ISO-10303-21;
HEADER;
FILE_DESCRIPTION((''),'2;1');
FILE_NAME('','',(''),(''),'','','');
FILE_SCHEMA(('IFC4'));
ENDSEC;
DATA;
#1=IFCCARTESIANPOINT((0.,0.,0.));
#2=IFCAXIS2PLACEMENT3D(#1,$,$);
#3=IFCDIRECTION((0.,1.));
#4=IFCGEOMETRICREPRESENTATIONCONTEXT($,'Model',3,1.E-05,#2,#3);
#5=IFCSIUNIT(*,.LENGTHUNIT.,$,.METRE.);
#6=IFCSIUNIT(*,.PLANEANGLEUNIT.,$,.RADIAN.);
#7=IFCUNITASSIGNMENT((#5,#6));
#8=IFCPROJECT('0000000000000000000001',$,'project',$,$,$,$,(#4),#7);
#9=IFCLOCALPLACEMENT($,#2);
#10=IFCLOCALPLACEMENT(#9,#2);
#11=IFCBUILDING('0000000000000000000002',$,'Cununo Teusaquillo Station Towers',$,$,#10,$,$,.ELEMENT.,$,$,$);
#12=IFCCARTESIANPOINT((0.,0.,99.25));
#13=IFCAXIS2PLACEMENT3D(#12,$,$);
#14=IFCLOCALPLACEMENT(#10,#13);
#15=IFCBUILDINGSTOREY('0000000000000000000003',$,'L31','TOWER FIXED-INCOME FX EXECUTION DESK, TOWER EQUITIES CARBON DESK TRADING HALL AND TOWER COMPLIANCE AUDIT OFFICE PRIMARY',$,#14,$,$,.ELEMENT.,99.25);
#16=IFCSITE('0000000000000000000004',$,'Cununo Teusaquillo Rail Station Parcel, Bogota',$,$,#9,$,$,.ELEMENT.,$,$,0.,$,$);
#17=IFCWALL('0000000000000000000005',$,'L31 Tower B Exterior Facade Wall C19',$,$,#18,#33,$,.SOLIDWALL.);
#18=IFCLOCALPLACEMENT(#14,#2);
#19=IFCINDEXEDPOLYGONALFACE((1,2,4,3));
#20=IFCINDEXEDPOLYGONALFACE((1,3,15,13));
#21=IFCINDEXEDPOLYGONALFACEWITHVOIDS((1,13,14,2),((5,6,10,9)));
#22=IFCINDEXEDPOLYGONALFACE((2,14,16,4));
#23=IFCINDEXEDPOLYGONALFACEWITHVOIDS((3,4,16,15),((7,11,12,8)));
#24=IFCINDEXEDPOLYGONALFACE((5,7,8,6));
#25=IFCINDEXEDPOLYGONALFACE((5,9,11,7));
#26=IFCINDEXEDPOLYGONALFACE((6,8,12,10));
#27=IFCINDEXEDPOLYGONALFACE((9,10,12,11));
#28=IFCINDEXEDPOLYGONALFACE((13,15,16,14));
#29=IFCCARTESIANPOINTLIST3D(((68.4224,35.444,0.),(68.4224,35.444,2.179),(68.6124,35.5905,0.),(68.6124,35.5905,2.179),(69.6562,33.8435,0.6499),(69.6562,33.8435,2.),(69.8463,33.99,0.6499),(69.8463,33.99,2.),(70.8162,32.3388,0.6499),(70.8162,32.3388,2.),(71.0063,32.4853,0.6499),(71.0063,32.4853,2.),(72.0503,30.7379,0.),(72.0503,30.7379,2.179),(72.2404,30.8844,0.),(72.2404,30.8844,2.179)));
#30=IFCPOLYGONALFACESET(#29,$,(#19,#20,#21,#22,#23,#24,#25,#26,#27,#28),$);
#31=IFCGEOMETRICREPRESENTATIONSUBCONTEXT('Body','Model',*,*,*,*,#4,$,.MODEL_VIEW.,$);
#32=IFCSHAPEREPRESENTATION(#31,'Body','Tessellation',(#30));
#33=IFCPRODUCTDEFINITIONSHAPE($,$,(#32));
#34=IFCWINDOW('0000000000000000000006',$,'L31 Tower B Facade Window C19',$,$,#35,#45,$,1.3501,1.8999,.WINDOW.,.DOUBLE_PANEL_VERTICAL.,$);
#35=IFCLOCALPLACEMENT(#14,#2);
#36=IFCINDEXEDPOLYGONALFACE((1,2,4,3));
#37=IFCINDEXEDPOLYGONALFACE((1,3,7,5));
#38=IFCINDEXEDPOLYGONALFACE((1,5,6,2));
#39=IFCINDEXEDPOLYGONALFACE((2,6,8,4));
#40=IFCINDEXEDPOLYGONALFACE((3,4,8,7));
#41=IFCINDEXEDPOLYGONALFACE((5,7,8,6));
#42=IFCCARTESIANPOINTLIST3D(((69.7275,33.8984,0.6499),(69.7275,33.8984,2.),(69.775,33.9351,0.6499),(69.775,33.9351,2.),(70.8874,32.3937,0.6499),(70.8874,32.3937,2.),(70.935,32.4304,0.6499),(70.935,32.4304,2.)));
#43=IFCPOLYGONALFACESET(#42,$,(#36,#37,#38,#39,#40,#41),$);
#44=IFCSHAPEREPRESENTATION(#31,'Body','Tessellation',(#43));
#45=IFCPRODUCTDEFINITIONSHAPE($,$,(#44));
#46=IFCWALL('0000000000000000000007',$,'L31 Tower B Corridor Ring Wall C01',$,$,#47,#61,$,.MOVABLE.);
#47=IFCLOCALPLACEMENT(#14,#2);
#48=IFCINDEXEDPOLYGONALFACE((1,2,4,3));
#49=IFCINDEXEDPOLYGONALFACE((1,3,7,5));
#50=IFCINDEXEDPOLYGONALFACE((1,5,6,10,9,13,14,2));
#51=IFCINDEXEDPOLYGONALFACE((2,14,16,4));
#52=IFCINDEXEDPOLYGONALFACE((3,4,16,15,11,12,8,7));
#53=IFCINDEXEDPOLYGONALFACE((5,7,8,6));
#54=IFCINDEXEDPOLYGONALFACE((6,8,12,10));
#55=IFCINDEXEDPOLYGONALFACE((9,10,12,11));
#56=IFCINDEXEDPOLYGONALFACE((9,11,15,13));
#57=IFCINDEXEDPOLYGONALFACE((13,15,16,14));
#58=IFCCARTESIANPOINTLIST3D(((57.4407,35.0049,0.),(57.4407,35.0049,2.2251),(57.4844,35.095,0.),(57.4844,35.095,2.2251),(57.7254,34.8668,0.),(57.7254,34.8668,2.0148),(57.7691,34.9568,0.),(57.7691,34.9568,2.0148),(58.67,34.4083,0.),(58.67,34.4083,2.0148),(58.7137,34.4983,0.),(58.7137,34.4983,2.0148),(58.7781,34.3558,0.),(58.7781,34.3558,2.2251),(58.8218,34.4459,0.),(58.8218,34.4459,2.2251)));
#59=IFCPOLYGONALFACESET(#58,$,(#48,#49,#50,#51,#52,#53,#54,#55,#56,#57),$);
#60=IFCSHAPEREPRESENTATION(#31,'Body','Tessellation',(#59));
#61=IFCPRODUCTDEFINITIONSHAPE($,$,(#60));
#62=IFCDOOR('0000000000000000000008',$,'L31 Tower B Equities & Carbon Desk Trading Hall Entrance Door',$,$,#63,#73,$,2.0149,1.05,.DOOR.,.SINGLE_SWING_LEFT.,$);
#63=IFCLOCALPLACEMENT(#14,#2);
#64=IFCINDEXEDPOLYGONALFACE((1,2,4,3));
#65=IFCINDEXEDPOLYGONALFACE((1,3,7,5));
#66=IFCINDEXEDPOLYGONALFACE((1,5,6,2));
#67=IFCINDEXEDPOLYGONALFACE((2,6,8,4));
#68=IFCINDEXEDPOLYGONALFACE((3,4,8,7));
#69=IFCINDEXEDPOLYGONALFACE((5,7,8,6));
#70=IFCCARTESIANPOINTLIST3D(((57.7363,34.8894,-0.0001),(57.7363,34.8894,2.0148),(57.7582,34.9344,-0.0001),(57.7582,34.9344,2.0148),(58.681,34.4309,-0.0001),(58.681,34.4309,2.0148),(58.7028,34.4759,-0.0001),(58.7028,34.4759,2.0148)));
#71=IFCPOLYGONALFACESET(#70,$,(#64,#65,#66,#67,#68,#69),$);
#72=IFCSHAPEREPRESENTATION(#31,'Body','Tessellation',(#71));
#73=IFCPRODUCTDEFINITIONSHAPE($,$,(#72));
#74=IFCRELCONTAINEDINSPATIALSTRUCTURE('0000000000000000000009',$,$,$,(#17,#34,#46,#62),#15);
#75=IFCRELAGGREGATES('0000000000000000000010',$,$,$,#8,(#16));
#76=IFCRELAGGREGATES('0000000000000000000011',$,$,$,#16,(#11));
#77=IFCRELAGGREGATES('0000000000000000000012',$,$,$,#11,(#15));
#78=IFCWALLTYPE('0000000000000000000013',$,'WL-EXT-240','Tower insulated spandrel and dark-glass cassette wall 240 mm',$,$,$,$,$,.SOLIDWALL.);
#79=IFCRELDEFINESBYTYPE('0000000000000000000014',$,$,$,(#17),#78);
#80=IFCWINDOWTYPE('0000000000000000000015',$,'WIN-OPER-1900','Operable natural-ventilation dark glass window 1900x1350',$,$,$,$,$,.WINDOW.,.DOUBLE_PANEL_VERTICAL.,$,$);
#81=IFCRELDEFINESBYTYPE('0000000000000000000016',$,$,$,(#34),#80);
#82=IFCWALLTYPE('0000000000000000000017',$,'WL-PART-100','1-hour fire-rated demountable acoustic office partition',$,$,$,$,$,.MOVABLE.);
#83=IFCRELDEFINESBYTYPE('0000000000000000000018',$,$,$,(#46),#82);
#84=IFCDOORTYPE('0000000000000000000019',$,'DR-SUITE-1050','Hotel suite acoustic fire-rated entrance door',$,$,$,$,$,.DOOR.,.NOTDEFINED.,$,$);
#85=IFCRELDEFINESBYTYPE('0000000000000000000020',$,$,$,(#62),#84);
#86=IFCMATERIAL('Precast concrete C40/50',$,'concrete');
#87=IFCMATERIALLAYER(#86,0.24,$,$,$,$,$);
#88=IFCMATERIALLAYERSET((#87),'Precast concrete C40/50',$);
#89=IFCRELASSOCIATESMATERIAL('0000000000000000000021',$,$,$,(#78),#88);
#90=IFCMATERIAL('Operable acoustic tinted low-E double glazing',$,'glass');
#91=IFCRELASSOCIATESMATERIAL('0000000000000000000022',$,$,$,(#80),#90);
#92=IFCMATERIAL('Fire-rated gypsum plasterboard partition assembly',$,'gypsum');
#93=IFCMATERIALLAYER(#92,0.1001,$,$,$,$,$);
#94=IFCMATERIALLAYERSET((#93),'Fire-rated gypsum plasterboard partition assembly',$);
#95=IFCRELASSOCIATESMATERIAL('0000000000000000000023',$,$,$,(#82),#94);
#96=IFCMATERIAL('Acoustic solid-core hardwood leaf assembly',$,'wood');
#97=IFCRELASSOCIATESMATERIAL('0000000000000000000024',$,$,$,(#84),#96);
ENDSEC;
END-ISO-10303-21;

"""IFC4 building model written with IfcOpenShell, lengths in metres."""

from ifc_helpers import new_model, si_unit, direction, frame, frame_2d, origin, place, context, subcontext, project, spatial, rectangle, extrude, source, transform, mapped, material, layer, layer_set, type_object, element, fill, save


model = new_model("IFC4")

# Units and contexts
model_context = context("Model", 3, precision=1e-05, world=origin(), true_north=direction((0.0, 1.0)))
body_context = subcontext(model_context, "Body", "Model", "MODEL_VIEW")
ifc_project = project(units=[si_unit("LENGTHUNIT", "METRE"), si_unit("PLANEANGLEUNIT", "RADIAN")], contexts=[model_context])

# Site, building, storey
site_placement = place(None, origin())
site = spatial("IfcSite", under=ifc_project, at=site_placement, Name="Cununo Teusaquillo Rail Station Parcel, Bogota", CompositionType="ELEMENT", RefElevation=0.0)
building_placement = place(site_placement, origin())
building = spatial("IfcBuilding", under=site, at=building_placement, Name="Cununo Teusaquillo Station Towers", CompositionType="ELEMENT")
storey_placement = place(building_placement, frame((0.0, 0.0, 99.25)))
storey = spatial("IfcBuildingStorey", under=building, at=storey_placement, Name="L31", Description="TOWER FIXED-INCOME FX EXECUTION DESK, TOWER EQUITIES CARBON DESK TRADING HALL AND TOWER COMPLIANCE AUDIT OFFICE PRIMARY", CompositionType="ELEMENT", Elevation=99.25)

# Shared definitions
ifc_material_1 = material(Name="Precast concrete C40/50", Category="concrete")
ifc_layer_1 = layer(ifc_material_1, 0.24)
ifc_layer_set_1 = layer_set([ifc_layer_1], Name="Precast concrete C40/50")
wall_type_1 = type_object("IfcWallType", Name="WL-EXT-240", Description="Tower insulated spandrel and dark-glass cassette wall 240 mm", PredefinedType="SOLIDWALL", material=ifc_layer_set_1)

# Wall, opening, window
wall_1_placement = place(storey_placement, frame((68.5173, 35.5173, 0.0), z_axis=(0.0, 0.0, 1.0), x_axis=(0.610544, -0.791982, 0.0)))
wall_1 = element("IfcWall", 1, at=wall_1_placement, inside=storey, type_object=wall_type_1, Name="L31 Tower B Exterior Facade Wall C19", PredefinedType="SOLIDWALL", context=body_context, shape_type="SweptSolid", body=[
    extrude(rectangle(XDim=5.9421, YDim=0.24, at=frame_2d((2.9712, 0.0))), origin(), (0.0, 0.0, 1.0), 2.179),
])
shared_shape_1 = source(origin(), body_context, "Body", "SweptSolid", [
    extrude(rectangle(XDim=1.8999, YDim=1.3501, at=frame_2d((0.95, 0.675))), frame((0.0, 0.1299, 0.0), z_axis=(0.0, -1.0, 0.0), x_axis=(1.0, 0.0, 0.0)), (0.0, 0.0, 1.0), 0.26),
])
opening_1_placement = place(wall_1_placement, frame((2.021, 0.0, 0.6499)))
opening_1 = element("IfcOpeningElement", 2, at=opening_1_placement, cuts=wall_1, PredefinedType="OPENING", context=body_context, shape_type="MappedRepresentation", body=[
    mapped(shared_shape_1, transform((0.0, 0.0, 0.0), x_axis=(1.0, 0.0, 0.0), y_axis=(0.0, 1.0, 0.0), z_axis=(0.0, 0.0, 1.0), scale=1.0)),
])
ifc_material_2 = material(Name="Operable acoustic tinted low-E double glazing", Category="glass")
window_type = type_object("IfcWindowType", Name="WIN-OPER-1900", Description="Operable natural-ventilation dark glass window 1900x1350", PartitioningType="DOUBLE_PANEL_VERTICAL", PredefinedType="WINDOW", material=ifc_material_2)
shared_shape_2 = source(origin(), body_context, "Body", "SweptSolid", [
    extrude(rectangle(XDim=1.8999, YDim=1.3501, at=frame_2d((0.95, 0.675))), frame((0.0, 0.03, 0.0), z_axis=(0.0, -1.0, 0.0), x_axis=(1.0, 0.0, 0.0)), (0.0, 0.0, 1.0), 0.0601),
])
window_placement = place(opening_1_placement, origin())
window = element("IfcWindow", 3, at=window_placement, inside=storey, type_object=window_type, Name="L31 Tower B Facade Window C19", OverallHeight=1.3501, OverallWidth=1.8999, PartitioningType="DOUBLE_PANEL_VERTICAL", PredefinedType="WINDOW", context=body_context, shape_type="MappedRepresentation", body=[
    mapped(shared_shape_2, transform((0.0, 0.0, 0.0), x_axis=(1.0, 0.0, 0.0), y_axis=(0.0, 1.0, 0.0), z_axis=(0.0, 0.0, 1.0), scale=1.0)),
])
fill(opening_1, window)

# Wall, opening, door
ifc_material_3 = material(Name="Fire-rated gypsum plasterboard partition assembly", Category="gypsum")
ifc_layer_2 = layer(ifc_material_3, 0.1001)
ifc_layer_set_2 = layer_set([ifc_layer_2], Name="Fire-rated gypsum plasterboard partition assembly")
wall_type_2 = type_object("IfcWallType", Name="WL-PART-100", Description="1-hour fire-rated demountable acoustic office partition", PredefinedType="MOVABLE", material=ifc_layer_set_2)
wall_2_placement = place(storey_placement, frame((58.7998, 34.4009, 0.0), z_axis=(0.0, 0.0, 1.0), x_axis=(-0.899621, 0.436672, 0.0)))
wall_2 = element("IfcWall", 4, at=wall_2_placement, inside=storey, type_object=wall_type_2, Name="L31 Tower B Corridor Ring Wall C01", PredefinedType="MOVABLE", context=body_context, shape_type="SweptSolid", body=[
    extrude(rectangle(XDim=1.4866, YDim=0.1001, at=frame_2d((0.7432, 0.0))), origin(), (0.0, 0.0, 1.0), 2.2251),
])
shared_shape_3 = source(origin(), body_context, "Body", "SweptSolid", [
    extrude(rectangle(XDim=1.05, YDim=2.0149, at=frame_2d((0.5249, 1.0073))), frame((0.0, 0.0601, 0.0), z_axis=(0.0, -1.0, 0.0), x_axis=(1.0, 0.0, 0.0)), (0.0, 0.0, 1.0), 0.1201),
])
opening_2_placement = place(wall_2_placement, frame((0.1201, 0.0, 0.0)))
opening_2 = element("IfcOpeningElement", 5, at=opening_2_placement, cuts=wall_2, PredefinedType="OPENING", context=body_context, shape_type="MappedRepresentation", body=[
    mapped(shared_shape_3, transform((0.0, 0.0, 0.0), x_axis=(1.0, 0.0, 0.0), y_axis=(0.0, 1.0, 0.0), z_axis=(0.0, 0.0, 1.0), scale=1.0)),
])
ifc_material_4 = material(Name="Acoustic solid-core hardwood leaf assembly", Category="wood")
door_type = type_object("IfcDoorType", Name="DR-SUITE-1050", Description="Hotel suite acoustic fire-rated entrance door", OperationType="NOTDEFINED", PredefinedType="DOOR", material=ifc_material_4)
shared_shape_4 = source(origin(), body_context, "Body", "SweptSolid", [
    extrude(rectangle(XDim=1.05, YDim=2.0149, at=frame_2d((0.5249, 1.0073))), frame((0.0, 0.0249, 0.0), z_axis=(0.0, -1.0, 0.0), x_axis=(1.0, 0.0, 0.0)), (0.0, 0.0, 1.0), 0.05),
])
door_placement = place(opening_2_placement, origin())
door = element("IfcDoor", 6, at=door_placement, inside=storey, type_object=door_type, Name="L31 Tower B Equities & Carbon Desk Trading Hall Entrance Door", OperationType="SINGLE_SWING_LEFT", OverallHeight=2.0149, OverallWidth=1.05, PredefinedType="DOOR", context=body_context, shape_type="MappedRepresentation", body=[
    mapped(shared_shape_4, transform((0.0, 0.0, 0.0), x_axis=(1.0, 0.0, 0.0), y_axis=(0.0, 1.0, 0.0), z_axis=(0.0, 0.0, 1.0), scale=1.0)),
])
fill(opening_2, door)

save(model, "model.ifc")
